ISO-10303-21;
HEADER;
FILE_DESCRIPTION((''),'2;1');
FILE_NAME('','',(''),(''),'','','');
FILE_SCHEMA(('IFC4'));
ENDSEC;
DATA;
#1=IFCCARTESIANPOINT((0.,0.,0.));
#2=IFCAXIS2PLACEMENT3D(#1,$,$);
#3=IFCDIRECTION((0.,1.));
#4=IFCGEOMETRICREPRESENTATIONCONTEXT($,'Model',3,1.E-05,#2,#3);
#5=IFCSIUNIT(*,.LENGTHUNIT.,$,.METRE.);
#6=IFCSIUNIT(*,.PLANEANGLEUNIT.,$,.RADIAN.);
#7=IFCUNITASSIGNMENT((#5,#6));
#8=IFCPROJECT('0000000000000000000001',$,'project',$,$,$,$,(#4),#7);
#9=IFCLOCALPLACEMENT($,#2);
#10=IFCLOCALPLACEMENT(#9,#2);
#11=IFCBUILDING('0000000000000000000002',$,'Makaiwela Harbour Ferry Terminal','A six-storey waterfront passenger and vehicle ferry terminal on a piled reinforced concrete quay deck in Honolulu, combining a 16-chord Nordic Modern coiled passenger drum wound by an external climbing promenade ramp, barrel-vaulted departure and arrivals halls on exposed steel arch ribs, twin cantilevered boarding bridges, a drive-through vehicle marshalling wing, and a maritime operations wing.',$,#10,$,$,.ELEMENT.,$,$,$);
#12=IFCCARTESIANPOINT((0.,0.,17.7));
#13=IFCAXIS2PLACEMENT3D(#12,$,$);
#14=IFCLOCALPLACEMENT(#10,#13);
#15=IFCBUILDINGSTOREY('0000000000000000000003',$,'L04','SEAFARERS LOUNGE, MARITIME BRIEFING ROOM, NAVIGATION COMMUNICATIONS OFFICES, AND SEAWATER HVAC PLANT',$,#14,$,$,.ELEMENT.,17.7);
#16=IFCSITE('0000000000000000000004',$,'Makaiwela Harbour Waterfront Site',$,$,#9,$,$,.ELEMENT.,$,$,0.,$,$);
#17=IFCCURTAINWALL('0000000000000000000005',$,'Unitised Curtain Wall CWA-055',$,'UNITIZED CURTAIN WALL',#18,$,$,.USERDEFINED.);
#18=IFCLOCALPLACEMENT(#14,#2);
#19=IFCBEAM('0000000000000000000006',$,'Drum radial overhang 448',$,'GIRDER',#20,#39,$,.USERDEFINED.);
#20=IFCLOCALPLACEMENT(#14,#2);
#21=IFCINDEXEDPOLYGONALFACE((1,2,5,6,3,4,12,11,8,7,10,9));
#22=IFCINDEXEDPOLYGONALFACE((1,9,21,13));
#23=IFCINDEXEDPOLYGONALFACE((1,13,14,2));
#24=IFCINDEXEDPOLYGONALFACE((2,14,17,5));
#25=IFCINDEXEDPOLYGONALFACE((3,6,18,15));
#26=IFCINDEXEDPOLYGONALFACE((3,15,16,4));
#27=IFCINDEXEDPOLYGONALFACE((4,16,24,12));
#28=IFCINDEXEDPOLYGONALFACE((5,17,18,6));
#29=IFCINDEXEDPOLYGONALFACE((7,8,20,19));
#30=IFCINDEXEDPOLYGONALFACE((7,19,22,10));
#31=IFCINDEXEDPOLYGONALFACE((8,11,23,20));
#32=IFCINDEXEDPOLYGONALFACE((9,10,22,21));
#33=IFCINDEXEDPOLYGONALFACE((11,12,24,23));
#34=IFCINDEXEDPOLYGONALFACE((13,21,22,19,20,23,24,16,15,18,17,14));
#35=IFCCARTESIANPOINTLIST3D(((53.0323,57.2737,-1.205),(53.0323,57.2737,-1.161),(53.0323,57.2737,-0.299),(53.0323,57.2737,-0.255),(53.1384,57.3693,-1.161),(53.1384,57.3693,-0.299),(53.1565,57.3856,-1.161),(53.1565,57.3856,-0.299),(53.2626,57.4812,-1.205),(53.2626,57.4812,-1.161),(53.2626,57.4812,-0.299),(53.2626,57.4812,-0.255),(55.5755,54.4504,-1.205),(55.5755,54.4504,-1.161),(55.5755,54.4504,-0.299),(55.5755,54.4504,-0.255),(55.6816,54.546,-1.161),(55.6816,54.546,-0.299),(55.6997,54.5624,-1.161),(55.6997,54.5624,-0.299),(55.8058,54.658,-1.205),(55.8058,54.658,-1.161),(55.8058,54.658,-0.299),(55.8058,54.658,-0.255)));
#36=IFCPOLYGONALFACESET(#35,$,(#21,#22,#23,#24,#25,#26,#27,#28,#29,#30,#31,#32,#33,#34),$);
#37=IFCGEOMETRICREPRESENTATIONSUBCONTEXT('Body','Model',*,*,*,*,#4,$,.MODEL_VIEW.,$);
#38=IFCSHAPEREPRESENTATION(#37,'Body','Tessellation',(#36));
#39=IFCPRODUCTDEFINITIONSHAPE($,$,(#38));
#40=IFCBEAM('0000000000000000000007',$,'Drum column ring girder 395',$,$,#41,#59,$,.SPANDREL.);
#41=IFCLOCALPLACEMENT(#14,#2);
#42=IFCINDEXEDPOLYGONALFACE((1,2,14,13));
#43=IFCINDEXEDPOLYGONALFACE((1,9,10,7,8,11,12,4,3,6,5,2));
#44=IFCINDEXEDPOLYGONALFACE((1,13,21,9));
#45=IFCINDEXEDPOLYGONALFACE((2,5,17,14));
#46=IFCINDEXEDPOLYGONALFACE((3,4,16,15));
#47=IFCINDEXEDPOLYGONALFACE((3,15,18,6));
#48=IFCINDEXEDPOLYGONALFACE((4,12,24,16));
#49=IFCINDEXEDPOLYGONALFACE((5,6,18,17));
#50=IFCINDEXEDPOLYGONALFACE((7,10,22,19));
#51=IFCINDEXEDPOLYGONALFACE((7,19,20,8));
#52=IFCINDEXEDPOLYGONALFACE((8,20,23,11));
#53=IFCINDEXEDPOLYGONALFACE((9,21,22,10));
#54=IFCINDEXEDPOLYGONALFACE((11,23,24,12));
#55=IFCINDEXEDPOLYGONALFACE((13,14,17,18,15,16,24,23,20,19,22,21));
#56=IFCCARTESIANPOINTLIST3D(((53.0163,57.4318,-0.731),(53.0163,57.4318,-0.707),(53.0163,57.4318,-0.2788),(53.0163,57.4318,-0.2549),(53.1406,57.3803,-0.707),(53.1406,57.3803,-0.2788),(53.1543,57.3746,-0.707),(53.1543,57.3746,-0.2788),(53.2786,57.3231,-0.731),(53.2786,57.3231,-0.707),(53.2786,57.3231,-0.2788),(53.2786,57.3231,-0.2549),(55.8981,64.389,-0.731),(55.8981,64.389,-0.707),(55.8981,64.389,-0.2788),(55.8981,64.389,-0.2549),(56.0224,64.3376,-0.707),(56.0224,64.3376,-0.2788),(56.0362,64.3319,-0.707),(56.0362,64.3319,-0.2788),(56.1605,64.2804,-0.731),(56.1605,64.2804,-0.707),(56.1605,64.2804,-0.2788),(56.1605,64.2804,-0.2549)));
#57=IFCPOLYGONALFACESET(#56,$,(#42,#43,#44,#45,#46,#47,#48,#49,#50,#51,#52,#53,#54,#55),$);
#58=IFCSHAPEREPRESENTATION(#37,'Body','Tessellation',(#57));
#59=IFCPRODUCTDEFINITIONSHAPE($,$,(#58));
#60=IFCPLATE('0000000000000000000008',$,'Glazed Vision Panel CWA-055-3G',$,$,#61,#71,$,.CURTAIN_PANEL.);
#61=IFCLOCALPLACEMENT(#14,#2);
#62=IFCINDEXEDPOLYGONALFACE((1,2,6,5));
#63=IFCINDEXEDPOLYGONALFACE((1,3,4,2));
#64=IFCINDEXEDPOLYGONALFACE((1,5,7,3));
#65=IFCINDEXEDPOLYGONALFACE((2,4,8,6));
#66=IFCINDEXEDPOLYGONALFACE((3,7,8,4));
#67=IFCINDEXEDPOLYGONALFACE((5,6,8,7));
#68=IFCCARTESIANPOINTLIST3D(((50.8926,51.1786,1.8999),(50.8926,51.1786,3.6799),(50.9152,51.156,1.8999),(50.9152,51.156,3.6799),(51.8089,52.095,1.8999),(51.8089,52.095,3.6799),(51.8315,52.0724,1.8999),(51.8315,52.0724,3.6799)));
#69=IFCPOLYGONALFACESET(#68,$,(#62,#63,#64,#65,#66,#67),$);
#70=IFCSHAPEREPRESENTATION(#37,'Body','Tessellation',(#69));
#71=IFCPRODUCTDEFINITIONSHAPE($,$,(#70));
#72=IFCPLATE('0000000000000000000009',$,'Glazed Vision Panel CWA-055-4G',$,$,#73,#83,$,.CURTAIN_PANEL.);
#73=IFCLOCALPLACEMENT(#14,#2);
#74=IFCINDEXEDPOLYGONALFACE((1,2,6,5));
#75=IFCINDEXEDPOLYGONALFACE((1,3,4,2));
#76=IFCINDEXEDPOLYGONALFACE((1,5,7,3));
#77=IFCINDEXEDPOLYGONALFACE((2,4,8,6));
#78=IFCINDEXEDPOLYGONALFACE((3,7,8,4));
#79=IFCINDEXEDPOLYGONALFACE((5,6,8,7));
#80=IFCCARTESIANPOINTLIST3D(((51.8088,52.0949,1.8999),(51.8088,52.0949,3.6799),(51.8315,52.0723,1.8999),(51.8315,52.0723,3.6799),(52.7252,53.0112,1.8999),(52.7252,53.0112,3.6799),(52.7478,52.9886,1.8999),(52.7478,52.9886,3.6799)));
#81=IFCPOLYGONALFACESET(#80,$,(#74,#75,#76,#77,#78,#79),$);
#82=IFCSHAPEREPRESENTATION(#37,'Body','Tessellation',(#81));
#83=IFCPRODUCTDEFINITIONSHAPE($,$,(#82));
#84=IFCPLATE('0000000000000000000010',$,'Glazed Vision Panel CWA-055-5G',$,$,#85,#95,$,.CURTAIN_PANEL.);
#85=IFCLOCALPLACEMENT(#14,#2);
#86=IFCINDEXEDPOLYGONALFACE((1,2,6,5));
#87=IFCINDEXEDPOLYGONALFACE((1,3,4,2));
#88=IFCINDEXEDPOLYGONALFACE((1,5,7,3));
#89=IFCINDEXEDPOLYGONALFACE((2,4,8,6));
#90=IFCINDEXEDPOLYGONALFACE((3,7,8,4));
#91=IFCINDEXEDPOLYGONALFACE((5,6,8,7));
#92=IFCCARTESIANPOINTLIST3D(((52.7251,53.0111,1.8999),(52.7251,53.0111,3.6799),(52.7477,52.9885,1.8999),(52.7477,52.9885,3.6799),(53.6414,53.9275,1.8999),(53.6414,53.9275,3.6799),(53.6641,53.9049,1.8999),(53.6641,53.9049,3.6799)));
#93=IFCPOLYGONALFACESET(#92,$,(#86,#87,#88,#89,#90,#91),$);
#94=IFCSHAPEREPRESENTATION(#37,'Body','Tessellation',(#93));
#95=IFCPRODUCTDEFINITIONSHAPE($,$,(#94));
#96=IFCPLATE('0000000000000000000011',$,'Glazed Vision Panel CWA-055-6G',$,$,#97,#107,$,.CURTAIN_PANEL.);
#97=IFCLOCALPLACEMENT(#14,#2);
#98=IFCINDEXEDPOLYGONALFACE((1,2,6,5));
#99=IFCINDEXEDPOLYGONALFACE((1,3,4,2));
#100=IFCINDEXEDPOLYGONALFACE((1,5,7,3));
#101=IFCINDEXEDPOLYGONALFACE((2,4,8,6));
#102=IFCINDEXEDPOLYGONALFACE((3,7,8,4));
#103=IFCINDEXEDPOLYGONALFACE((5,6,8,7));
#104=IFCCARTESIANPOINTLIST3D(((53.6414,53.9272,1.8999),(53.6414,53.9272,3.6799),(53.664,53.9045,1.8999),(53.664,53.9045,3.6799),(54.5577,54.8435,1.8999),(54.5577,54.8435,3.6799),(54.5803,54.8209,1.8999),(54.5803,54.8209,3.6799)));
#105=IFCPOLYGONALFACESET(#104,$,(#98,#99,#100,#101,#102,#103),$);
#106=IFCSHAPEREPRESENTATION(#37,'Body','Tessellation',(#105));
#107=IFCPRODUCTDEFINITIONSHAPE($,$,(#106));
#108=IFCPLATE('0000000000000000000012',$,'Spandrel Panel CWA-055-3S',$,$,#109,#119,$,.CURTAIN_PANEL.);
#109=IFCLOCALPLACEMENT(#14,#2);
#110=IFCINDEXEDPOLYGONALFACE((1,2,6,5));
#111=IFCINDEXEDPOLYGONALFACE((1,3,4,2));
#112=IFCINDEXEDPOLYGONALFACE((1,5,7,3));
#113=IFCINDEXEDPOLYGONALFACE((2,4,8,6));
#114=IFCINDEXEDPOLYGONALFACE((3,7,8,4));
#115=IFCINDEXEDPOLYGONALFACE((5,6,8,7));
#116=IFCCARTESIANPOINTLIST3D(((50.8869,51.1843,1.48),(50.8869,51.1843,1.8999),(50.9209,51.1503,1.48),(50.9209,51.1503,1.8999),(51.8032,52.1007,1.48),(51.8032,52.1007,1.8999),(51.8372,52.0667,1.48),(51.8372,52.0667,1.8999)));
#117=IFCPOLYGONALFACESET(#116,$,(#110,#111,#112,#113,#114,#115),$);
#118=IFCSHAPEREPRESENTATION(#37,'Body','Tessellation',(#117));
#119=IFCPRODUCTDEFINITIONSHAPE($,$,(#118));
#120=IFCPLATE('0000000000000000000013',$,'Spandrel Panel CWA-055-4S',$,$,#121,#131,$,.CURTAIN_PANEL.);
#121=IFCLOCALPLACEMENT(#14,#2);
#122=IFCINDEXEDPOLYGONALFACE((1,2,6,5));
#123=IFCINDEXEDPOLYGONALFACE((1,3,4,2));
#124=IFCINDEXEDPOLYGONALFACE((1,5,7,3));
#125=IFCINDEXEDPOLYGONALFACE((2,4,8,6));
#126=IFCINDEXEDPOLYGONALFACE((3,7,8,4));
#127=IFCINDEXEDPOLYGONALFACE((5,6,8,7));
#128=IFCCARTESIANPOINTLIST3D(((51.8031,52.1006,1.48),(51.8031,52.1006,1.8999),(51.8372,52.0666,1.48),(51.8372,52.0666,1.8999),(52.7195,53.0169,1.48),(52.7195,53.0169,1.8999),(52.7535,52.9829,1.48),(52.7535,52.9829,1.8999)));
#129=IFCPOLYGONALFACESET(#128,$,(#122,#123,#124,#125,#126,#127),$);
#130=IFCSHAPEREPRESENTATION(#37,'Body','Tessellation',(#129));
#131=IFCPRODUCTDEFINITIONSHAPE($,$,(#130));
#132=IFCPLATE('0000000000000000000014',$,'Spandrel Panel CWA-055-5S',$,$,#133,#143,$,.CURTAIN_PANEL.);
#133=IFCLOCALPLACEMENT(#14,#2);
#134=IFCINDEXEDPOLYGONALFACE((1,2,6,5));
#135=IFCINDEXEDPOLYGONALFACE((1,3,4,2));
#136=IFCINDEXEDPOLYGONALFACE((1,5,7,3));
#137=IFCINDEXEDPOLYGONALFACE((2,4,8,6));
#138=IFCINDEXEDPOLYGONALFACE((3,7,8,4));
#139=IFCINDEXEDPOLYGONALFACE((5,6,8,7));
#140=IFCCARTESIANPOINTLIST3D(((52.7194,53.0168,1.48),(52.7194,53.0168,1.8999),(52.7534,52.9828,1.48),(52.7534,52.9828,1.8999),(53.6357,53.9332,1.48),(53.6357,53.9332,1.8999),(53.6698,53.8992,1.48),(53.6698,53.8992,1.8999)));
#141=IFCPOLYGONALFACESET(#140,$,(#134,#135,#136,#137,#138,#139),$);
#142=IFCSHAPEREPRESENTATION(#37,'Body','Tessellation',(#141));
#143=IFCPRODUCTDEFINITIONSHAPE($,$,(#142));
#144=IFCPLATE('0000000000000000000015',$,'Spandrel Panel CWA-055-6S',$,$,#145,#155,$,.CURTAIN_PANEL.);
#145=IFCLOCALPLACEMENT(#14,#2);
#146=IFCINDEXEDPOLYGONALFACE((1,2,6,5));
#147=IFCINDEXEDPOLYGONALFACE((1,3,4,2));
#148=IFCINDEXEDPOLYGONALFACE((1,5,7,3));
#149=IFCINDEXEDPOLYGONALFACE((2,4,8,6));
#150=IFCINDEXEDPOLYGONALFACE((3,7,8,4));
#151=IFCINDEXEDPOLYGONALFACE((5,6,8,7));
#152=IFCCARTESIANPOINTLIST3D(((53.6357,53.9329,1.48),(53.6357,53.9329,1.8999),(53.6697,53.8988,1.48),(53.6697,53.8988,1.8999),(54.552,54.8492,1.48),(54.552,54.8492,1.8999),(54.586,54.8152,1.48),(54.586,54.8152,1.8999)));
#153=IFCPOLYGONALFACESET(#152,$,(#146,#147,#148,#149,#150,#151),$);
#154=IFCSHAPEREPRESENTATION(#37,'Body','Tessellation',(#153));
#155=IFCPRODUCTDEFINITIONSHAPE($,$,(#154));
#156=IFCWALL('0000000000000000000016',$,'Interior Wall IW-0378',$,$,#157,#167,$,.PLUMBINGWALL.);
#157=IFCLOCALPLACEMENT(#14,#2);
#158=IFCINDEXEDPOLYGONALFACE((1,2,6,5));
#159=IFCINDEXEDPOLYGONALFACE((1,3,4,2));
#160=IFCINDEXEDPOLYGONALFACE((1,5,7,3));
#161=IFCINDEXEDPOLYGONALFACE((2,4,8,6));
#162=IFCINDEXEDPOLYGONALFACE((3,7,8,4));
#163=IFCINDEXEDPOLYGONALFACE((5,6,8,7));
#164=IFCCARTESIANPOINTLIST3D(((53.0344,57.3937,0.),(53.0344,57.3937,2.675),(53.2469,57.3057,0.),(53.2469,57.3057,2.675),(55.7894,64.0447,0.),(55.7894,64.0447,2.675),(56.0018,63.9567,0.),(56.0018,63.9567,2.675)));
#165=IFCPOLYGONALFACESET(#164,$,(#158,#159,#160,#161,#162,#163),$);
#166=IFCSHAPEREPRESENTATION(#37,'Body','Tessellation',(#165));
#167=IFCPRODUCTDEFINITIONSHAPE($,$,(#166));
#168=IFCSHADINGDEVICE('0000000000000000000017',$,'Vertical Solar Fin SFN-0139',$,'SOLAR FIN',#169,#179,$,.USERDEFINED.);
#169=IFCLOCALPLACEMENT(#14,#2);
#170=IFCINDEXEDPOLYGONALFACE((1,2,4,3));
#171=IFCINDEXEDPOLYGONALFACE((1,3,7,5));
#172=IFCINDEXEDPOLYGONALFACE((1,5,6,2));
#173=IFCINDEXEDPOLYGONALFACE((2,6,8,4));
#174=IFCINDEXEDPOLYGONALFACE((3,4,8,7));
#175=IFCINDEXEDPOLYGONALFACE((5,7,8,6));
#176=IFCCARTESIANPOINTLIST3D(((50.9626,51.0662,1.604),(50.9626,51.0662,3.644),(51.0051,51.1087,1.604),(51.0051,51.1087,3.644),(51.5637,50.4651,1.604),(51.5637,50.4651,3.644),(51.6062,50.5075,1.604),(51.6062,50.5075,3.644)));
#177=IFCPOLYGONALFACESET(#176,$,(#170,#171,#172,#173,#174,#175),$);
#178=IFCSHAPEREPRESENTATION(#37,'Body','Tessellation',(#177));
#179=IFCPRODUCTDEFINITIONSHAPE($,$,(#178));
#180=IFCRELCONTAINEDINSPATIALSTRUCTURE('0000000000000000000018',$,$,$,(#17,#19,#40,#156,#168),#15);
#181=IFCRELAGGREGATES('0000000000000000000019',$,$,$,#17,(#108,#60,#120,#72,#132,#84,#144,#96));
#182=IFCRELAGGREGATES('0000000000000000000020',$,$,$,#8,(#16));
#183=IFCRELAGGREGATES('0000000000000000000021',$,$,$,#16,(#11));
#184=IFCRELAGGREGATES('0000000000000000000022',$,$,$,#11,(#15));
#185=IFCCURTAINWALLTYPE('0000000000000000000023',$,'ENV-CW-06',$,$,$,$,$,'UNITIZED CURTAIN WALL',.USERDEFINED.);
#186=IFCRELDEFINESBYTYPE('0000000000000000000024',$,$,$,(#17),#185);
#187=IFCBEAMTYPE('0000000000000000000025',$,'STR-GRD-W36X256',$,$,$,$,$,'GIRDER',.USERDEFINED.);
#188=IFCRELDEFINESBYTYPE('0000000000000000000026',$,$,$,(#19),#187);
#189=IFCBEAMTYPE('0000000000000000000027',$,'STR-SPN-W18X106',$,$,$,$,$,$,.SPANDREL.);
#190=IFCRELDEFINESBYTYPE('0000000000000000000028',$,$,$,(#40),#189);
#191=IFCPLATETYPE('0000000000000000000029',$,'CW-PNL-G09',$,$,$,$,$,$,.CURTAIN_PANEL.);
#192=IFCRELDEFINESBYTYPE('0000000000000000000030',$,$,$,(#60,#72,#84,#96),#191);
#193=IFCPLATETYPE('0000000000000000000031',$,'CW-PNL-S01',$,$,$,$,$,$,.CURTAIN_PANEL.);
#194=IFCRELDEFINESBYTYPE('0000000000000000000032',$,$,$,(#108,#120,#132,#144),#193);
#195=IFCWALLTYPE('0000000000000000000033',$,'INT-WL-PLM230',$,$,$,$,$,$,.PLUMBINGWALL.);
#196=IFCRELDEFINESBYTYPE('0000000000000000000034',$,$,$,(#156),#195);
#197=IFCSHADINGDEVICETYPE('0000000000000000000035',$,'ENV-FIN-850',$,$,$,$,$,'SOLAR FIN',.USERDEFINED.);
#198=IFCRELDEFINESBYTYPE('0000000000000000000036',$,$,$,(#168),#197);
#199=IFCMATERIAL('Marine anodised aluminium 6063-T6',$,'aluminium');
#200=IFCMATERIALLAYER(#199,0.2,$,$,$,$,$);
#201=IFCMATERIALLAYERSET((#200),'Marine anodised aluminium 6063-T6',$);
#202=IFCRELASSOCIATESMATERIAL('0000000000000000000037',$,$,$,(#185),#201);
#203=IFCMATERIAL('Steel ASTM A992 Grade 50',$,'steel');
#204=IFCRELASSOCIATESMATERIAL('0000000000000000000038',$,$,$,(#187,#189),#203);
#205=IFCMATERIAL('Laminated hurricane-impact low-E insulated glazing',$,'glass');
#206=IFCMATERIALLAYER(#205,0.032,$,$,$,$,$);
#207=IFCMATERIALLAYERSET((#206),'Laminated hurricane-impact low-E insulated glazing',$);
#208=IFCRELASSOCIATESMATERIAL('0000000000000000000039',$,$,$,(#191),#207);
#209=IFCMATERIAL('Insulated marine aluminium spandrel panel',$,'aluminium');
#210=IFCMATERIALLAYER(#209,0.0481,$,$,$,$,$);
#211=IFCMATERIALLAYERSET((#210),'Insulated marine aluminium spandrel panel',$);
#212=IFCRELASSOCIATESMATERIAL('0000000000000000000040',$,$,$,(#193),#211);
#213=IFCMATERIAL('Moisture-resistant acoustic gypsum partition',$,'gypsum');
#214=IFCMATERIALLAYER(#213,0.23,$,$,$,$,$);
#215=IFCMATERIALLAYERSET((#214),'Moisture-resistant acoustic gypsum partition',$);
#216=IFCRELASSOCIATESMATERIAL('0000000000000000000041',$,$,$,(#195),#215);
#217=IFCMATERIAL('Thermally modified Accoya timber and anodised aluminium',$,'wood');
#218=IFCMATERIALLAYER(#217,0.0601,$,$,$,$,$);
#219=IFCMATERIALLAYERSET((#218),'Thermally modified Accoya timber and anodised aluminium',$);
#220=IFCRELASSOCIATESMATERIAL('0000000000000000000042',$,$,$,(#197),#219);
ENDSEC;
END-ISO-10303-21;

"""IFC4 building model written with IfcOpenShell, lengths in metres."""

from ifc_helpers import new_model, si_unit, direction, frame, frame_2d, origin, origin_2d, place, context, subcontext, project, spatial, rectangle, i_section, extrude, material, layer, layer_set, material_profile, profile_set, type_object, element, aggregate, save


model = new_model("IFC4")

# Units and contexts
model_context = context("Model", 3, precision=1e-05, world=origin(), true_north=direction((0.0, 1.0)))
body_context = subcontext(model_context, "Body", "Model", "MODEL_VIEW")
ifc_project = project(units=[si_unit("LENGTHUNIT", "METRE"), si_unit("PLANEANGLEUNIT", "RADIAN")], contexts=[model_context])

# Site, building, storey
site_placement = place(None, origin())
site = spatial("IfcSite", under=ifc_project, at=site_placement, Name="Makaiwela Harbour Waterfront Site", CompositionType="ELEMENT", RefElevation=0.0)
building_placement = place(site_placement, origin())
building = spatial("IfcBuilding", under=site, at=building_placement, Name="Makaiwela Harbour Ferry Terminal", Description="A six-storey waterfront passenger and vehicle ferry terminal on a piled reinforced concrete quay deck in Honolulu, combining a 16-chord Nordic Modern coiled passenger drum wound by an external climbing promenade ramp, barrel-vaulted departure and arrivals halls on exposed steel arch ribs, twin cantilevered boarding bridges, a drive-through vehicle marshalling wing, and a maritime operations wing.", CompositionType="ELEMENT")
storey_placement = place(building_placement, frame((0.0, 0.0, 17.7)))
storey = spatial("IfcBuildingStorey", under=building, at=storey_placement, Name="L04", Description="SEAFARERS LOUNGE, MARITIME BRIEFING ROOM, NAVIGATION COMMUNICATIONS OFFICES, AND SEAWATER HVAC PLANT", CompositionType="ELEMENT", Elevation=17.7)

# Shared definitions
ifc_material_1 = material(Name="Steel ASTM A992 Grade 50", Category="steel")

# Curtain wall
ifc_material_2 = material(Name="Marine anodised aluminium 6063-T6", Category="aluminium")
ifc_layer_1 = layer(ifc_material_2, 0.2)
ifc_layer_set_1 = layer_set([ifc_layer_1], Name="Marine anodised aluminium 6063-T6")
curtain_wall_type = type_object("IfcCurtainWallType", Name="ENV-CW-06", ElementType="UNITIZED CURTAIN WALL", PredefinedType="USERDEFINED", material=ifc_layer_set_1)
curtain_wall_placement = place(storey_placement, origin())
curtain_wall = element("IfcCurtainWall", 1, at=curtain_wall_placement, inside=storey, type_object=curtain_wall_type, Name="Unitised Curtain Wall CWA-055", ObjectType="UNITIZED CURTAIN WALL", PredefinedType="USERDEFINED")

# Beams
ifc_material_profile_1 = material_profile(ifc_material_1, i_section(OverallWidth=0.3101, OverallDepth=0.95, WebThickness=0.0244, FlangeThickness=0.0439, at=origin_2d()), Name="W36X256")
ifc_profile_set_1 = profile_set([ifc_material_profile_1], Name="Steel ASTM A992 Grade 50")
beam_type_1 = type_object("IfcBeamType", Name="STR-GRD-W36X256", ElementType="GIRDER", PredefinedType="USERDEFINED", material=ifc_profile_set_1)
beam_1_placement = place(storey_placement, frame((53.1475, 57.3774, -0.73), z_axis=(0.669298, -0.742994, 0.0), x_axis=(0.742994, 0.669298, 0.0)))
element("IfcBeam", 2, at=beam_1_placement, inside=storey, type_object=beam_type_1, Name="Drum radial overhang 448", ObjectType="GIRDER", PredefinedType="USERDEFINED", context=body_context, shape_type="SweptSolid", body=[
    extrude(i_section(OverallWidth=0.3101, OverallDepth=0.95, WebThickness=0.0244, FlangeThickness=0.0439, at=origin_2d()), origin(), (0.0, 0.0, 1.0), 3.7998),
])
ifc_material_profile_2 = material_profile(ifc_material_1, i_section(OverallWidth=0.2839, OverallDepth=0.4761, WebThickness=0.0149, FlangeThickness=0.0239, at=origin_2d()), Name="W18X106")
ifc_profile_set_2 = profile_set([ifc_material_profile_2], Name="Steel ASTM A992 Grade 50")
beam_type_2 = type_object("IfcBeamType", Name="STR-SPN-W18X106", PredefinedType="SPANDREL", material=ifc_profile_set_2)
beam_2_placement = place(storey_placement, frame((53.1475, 57.3774, -0.4929), z_axis=(0.382688, 0.923878, 0.0), x_axis=(-0.923878, 0.382688, 0.0)))
element("IfcBeam", 3, at=beam_2_placement, inside=storey, type_object=beam_type_2, Name="Drum column ring girder 395", PredefinedType="SPANDREL", context=body_context, shape_type="SweptSolid", body=[
    extrude(i_section(OverallWidth=0.2839, OverallDepth=0.4761, WebThickness=0.0149, FlangeThickness=0.0239, at=origin_2d()), origin(), (0.0, 0.0, 1.0), 7.5305),
])

# Plates
ifc_material_3 = material(Name="Laminated hurricane-impact low-E insulated glazing", Category="glass")
ifc_layer_2 = layer(ifc_material_3, 0.032)
ifc_layer_set_2 = layer_set([ifc_layer_2], Name="Laminated hurricane-impact low-E insulated glazing")
plate_type_1 = type_object("IfcPlateType", Name="CW-PNL-G09", PredefinedType="CURTAIN_PANEL", material=ifc_layer_set_2)
plate_1_placement = place(storey_placement, frame((51.3621, 51.6255, 1.8999), z_axis=(0.0, 0.0, 1.0), x_axis=(0.707107, 0.707107, 0.0)))
plate_1 = element("IfcPlate", 4, at=plate_1_placement, type_object=plate_type_1, Name="Glazed Vision Panel CWA-055-3G", PredefinedType="CURTAIN_PANEL", context=body_context, shape_type="SweptSolid", body=[
    extrude(rectangle(XDim=1.2959, YDim=0.032, at=origin_2d()), origin(), (0.0, 0.0, 1.0), 1.78),
])
plate_2_placement = place(storey_placement, frame((52.2783, 52.5417, 1.8999), z_axis=(0.0, 0.0, 1.0), x_axis=(0.707107, 0.707107, 0.0)))
plate_2 = element("IfcPlate", 5, at=plate_2_placement, type_object=plate_type_1, Name="Glazed Vision Panel CWA-055-4G", PredefinedType="CURTAIN_PANEL", context=body_context, shape_type="SweptSolid", body=[
    extrude(rectangle(XDim=1.2959, YDim=0.032, at=origin_2d()), origin(), (0.0, 0.0, 1.0), 1.78),
])
plate_3_placement = place(storey_placement, frame((53.1946, 53.458, 1.8999), z_axis=(0.0, 0.0, 1.0), x_axis=(0.707107, 0.707107, 0.0)))
plate_3 = element("IfcPlate", 6, at=plate_3_placement, type_object=plate_type_1, Name="Glazed Vision Panel CWA-055-5G", PredefinedType="CURTAIN_PANEL", context=body_context, shape_type="SweptSolid", body=[
    extrude(rectangle(XDim=1.2959, YDim=0.032, at=origin_2d()), origin(), (0.0, 0.0, 1.0), 1.78),
])
plate_4_placement = place(storey_placement, frame((54.1108, 54.374, 1.8999), z_axis=(0.0, 0.0, 1.0), x_axis=(0.707107, 0.707107, 0.0)))
plate_4 = element("IfcPlate", 7, at=plate_4_placement, type_object=plate_type_1, Name="Glazed Vision Panel CWA-055-6G", PredefinedType="CURTAIN_PANEL", context=body_context, shape_type="SweptSolid", body=[
    extrude(rectangle(XDim=1.2959, YDim=0.032, at=origin_2d()), origin(), (0.0, 0.0, 1.0), 1.78),
])
ifc_material_4 = material(Name="Insulated marine aluminium spandrel panel", Category="aluminium")
ifc_layer_3 = layer(ifc_material_4, 0.0481)
ifc_layer_set_3 = layer_set([ifc_layer_3], Name="Insulated marine aluminium spandrel panel")
plate_type_2 = type_object("IfcPlateType", Name="CW-PNL-S01", PredefinedType="CURTAIN_PANEL", material=ifc_layer_set_3)
plate_5_placement = place(storey_placement, frame((51.3621, 51.6255, 1.48), z_axis=(0.0, 0.0, 1.0), x_axis=(0.707107, 0.707107, 0.0)))
plate_5 = element("IfcPlate", 8, at=plate_5_placement, type_object=plate_type_2, Name="Spandrel Panel CWA-055-3S", PredefinedType="CURTAIN_PANEL", context=body_context, shape_type="SweptSolid", body=[
    extrude(rectangle(XDim=1.2959, YDim=0.0481, at=origin_2d()), origin(), (0.0, 0.0, 1.0), 0.4199),
])
plate_6_placement = place(storey_placement, frame((52.2783, 52.5417, 1.48), z_axis=(0.0, 0.0, 1.0), x_axis=(0.707107, 0.707107, 0.0)))
plate_6 = element("IfcPlate", 9, at=plate_6_placement, type_object=plate_type_2, Name="Spandrel Panel CWA-055-4S", PredefinedType="CURTAIN_PANEL", context=body_context, shape_type="SweptSolid", body=[
    extrude(rectangle(XDim=1.2959, YDim=0.0481, at=origin_2d()), origin(), (0.0, 0.0, 1.0), 0.4199),
])
plate_7_placement = place(storey_placement, frame((53.1946, 53.458, 1.48), z_axis=(0.0, 0.0, 1.0), x_axis=(0.707107, 0.707107, 0.0)))
plate_7 = element("IfcPlate", 10, at=plate_7_placement, type_object=plate_type_2, Name="Spandrel Panel CWA-055-5S", PredefinedType="CURTAIN_PANEL", context=body_context, shape_type="SweptSolid", body=[
    extrude(rectangle(XDim=1.2959, YDim=0.0481, at=origin_2d()), origin(), (0.0, 0.0, 1.0), 0.4199),
])
plate_8_placement = place(storey_placement, frame((54.1108, 54.374, 1.48), z_axis=(0.0, 0.0, 1.0), x_axis=(0.707107, 0.707107, 0.0)))
plate_8 = element("IfcPlate", 11, at=plate_8_placement, type_object=plate_type_2, Name="Spandrel Panel CWA-055-6S", PredefinedType="CURTAIN_PANEL", context=body_context, shape_type="SweptSolid", body=[
    extrude(rectangle(XDim=1.2959, YDim=0.0481, at=origin_2d()), origin(), (0.0, 0.0, 1.0), 0.4199),
])
aggregate(curtain_wall, [plate_5, plate_1, plate_6, plate_2, plate_7, plate_3, plate_8, plate_4])

# Wall
ifc_material_5 = material(Name="Moisture-resistant acoustic gypsum partition", Category="gypsum")
ifc_layer_4 = layer(ifc_material_5, 0.23)
ifc_layer_set_4 = layer_set([ifc_layer_4], Name="Moisture-resistant acoustic gypsum partition")
wall_type = type_object("IfcWallType", Name="INT-WL-PLM230", PredefinedType="PLUMBINGWALL", material=ifc_layer_set_4)
wall_placement = place(storey_placement, frame((53.1406, 57.3496, 0.0), z_axis=(0.0, 0.0, 1.0), x_axis=(0.382683, 0.92388, 0.0)))
element("IfcWall", 12, at=wall_placement, inside=storey, type_object=wall_type, Name="Interior Wall IW-0378", PredefinedType="PLUMBINGWALL", context=body_context, shape_type="SweptSolid", body=[
    extrude(rectangle(XDim=7.199, YDim=0.23, at=frame_2d((3.5996, 0.0))), origin(), (0.0, 0.0, 1.0), 2.675),
])

# Shading device
ifc_material_6 = material(Name="Thermally modified Accoya timber and anodised aluminium", Category="wood")
ifc_layer_5 = layer(ifc_material_6, 0.0601)
ifc_layer_set_5 = layer_set([ifc_layer_5], Name="Thermally modified Accoya timber and anodised aluminium")
shading_device_type = type_object("IfcShadingDeviceType", Name="ENV-FIN-850", ElementType="SOLAR FIN", PredefinedType="USERDEFINED", material=ifc_layer_set_5)
for number, where, z_axis, x_axis, name in (
    (13, (51.2844, 50.7869, 1.604), (0.0, 0.0, 1.0), (0.707107, -0.707107, 0.0), "Vertical Solar Fin SFN-0139"),
):
    element("IfcShadingDevice", number, at=place(storey_placement, frame(where, z_axis=z_axis, x_axis=x_axis)), inside=storey, type_object=shading_device_type, Name=name, ObjectType="SOLAR FIN", PredefinedType="USERDEFINED", context=body_context, shape_type="SweptSolid", body=[
        extrude(rectangle(XDim=0.8501, YDim=0.0601, at=origin_2d()), origin(), (0.0, 0.0, 1.0), 2.04),
    ])

save(model, "model.ifc")
